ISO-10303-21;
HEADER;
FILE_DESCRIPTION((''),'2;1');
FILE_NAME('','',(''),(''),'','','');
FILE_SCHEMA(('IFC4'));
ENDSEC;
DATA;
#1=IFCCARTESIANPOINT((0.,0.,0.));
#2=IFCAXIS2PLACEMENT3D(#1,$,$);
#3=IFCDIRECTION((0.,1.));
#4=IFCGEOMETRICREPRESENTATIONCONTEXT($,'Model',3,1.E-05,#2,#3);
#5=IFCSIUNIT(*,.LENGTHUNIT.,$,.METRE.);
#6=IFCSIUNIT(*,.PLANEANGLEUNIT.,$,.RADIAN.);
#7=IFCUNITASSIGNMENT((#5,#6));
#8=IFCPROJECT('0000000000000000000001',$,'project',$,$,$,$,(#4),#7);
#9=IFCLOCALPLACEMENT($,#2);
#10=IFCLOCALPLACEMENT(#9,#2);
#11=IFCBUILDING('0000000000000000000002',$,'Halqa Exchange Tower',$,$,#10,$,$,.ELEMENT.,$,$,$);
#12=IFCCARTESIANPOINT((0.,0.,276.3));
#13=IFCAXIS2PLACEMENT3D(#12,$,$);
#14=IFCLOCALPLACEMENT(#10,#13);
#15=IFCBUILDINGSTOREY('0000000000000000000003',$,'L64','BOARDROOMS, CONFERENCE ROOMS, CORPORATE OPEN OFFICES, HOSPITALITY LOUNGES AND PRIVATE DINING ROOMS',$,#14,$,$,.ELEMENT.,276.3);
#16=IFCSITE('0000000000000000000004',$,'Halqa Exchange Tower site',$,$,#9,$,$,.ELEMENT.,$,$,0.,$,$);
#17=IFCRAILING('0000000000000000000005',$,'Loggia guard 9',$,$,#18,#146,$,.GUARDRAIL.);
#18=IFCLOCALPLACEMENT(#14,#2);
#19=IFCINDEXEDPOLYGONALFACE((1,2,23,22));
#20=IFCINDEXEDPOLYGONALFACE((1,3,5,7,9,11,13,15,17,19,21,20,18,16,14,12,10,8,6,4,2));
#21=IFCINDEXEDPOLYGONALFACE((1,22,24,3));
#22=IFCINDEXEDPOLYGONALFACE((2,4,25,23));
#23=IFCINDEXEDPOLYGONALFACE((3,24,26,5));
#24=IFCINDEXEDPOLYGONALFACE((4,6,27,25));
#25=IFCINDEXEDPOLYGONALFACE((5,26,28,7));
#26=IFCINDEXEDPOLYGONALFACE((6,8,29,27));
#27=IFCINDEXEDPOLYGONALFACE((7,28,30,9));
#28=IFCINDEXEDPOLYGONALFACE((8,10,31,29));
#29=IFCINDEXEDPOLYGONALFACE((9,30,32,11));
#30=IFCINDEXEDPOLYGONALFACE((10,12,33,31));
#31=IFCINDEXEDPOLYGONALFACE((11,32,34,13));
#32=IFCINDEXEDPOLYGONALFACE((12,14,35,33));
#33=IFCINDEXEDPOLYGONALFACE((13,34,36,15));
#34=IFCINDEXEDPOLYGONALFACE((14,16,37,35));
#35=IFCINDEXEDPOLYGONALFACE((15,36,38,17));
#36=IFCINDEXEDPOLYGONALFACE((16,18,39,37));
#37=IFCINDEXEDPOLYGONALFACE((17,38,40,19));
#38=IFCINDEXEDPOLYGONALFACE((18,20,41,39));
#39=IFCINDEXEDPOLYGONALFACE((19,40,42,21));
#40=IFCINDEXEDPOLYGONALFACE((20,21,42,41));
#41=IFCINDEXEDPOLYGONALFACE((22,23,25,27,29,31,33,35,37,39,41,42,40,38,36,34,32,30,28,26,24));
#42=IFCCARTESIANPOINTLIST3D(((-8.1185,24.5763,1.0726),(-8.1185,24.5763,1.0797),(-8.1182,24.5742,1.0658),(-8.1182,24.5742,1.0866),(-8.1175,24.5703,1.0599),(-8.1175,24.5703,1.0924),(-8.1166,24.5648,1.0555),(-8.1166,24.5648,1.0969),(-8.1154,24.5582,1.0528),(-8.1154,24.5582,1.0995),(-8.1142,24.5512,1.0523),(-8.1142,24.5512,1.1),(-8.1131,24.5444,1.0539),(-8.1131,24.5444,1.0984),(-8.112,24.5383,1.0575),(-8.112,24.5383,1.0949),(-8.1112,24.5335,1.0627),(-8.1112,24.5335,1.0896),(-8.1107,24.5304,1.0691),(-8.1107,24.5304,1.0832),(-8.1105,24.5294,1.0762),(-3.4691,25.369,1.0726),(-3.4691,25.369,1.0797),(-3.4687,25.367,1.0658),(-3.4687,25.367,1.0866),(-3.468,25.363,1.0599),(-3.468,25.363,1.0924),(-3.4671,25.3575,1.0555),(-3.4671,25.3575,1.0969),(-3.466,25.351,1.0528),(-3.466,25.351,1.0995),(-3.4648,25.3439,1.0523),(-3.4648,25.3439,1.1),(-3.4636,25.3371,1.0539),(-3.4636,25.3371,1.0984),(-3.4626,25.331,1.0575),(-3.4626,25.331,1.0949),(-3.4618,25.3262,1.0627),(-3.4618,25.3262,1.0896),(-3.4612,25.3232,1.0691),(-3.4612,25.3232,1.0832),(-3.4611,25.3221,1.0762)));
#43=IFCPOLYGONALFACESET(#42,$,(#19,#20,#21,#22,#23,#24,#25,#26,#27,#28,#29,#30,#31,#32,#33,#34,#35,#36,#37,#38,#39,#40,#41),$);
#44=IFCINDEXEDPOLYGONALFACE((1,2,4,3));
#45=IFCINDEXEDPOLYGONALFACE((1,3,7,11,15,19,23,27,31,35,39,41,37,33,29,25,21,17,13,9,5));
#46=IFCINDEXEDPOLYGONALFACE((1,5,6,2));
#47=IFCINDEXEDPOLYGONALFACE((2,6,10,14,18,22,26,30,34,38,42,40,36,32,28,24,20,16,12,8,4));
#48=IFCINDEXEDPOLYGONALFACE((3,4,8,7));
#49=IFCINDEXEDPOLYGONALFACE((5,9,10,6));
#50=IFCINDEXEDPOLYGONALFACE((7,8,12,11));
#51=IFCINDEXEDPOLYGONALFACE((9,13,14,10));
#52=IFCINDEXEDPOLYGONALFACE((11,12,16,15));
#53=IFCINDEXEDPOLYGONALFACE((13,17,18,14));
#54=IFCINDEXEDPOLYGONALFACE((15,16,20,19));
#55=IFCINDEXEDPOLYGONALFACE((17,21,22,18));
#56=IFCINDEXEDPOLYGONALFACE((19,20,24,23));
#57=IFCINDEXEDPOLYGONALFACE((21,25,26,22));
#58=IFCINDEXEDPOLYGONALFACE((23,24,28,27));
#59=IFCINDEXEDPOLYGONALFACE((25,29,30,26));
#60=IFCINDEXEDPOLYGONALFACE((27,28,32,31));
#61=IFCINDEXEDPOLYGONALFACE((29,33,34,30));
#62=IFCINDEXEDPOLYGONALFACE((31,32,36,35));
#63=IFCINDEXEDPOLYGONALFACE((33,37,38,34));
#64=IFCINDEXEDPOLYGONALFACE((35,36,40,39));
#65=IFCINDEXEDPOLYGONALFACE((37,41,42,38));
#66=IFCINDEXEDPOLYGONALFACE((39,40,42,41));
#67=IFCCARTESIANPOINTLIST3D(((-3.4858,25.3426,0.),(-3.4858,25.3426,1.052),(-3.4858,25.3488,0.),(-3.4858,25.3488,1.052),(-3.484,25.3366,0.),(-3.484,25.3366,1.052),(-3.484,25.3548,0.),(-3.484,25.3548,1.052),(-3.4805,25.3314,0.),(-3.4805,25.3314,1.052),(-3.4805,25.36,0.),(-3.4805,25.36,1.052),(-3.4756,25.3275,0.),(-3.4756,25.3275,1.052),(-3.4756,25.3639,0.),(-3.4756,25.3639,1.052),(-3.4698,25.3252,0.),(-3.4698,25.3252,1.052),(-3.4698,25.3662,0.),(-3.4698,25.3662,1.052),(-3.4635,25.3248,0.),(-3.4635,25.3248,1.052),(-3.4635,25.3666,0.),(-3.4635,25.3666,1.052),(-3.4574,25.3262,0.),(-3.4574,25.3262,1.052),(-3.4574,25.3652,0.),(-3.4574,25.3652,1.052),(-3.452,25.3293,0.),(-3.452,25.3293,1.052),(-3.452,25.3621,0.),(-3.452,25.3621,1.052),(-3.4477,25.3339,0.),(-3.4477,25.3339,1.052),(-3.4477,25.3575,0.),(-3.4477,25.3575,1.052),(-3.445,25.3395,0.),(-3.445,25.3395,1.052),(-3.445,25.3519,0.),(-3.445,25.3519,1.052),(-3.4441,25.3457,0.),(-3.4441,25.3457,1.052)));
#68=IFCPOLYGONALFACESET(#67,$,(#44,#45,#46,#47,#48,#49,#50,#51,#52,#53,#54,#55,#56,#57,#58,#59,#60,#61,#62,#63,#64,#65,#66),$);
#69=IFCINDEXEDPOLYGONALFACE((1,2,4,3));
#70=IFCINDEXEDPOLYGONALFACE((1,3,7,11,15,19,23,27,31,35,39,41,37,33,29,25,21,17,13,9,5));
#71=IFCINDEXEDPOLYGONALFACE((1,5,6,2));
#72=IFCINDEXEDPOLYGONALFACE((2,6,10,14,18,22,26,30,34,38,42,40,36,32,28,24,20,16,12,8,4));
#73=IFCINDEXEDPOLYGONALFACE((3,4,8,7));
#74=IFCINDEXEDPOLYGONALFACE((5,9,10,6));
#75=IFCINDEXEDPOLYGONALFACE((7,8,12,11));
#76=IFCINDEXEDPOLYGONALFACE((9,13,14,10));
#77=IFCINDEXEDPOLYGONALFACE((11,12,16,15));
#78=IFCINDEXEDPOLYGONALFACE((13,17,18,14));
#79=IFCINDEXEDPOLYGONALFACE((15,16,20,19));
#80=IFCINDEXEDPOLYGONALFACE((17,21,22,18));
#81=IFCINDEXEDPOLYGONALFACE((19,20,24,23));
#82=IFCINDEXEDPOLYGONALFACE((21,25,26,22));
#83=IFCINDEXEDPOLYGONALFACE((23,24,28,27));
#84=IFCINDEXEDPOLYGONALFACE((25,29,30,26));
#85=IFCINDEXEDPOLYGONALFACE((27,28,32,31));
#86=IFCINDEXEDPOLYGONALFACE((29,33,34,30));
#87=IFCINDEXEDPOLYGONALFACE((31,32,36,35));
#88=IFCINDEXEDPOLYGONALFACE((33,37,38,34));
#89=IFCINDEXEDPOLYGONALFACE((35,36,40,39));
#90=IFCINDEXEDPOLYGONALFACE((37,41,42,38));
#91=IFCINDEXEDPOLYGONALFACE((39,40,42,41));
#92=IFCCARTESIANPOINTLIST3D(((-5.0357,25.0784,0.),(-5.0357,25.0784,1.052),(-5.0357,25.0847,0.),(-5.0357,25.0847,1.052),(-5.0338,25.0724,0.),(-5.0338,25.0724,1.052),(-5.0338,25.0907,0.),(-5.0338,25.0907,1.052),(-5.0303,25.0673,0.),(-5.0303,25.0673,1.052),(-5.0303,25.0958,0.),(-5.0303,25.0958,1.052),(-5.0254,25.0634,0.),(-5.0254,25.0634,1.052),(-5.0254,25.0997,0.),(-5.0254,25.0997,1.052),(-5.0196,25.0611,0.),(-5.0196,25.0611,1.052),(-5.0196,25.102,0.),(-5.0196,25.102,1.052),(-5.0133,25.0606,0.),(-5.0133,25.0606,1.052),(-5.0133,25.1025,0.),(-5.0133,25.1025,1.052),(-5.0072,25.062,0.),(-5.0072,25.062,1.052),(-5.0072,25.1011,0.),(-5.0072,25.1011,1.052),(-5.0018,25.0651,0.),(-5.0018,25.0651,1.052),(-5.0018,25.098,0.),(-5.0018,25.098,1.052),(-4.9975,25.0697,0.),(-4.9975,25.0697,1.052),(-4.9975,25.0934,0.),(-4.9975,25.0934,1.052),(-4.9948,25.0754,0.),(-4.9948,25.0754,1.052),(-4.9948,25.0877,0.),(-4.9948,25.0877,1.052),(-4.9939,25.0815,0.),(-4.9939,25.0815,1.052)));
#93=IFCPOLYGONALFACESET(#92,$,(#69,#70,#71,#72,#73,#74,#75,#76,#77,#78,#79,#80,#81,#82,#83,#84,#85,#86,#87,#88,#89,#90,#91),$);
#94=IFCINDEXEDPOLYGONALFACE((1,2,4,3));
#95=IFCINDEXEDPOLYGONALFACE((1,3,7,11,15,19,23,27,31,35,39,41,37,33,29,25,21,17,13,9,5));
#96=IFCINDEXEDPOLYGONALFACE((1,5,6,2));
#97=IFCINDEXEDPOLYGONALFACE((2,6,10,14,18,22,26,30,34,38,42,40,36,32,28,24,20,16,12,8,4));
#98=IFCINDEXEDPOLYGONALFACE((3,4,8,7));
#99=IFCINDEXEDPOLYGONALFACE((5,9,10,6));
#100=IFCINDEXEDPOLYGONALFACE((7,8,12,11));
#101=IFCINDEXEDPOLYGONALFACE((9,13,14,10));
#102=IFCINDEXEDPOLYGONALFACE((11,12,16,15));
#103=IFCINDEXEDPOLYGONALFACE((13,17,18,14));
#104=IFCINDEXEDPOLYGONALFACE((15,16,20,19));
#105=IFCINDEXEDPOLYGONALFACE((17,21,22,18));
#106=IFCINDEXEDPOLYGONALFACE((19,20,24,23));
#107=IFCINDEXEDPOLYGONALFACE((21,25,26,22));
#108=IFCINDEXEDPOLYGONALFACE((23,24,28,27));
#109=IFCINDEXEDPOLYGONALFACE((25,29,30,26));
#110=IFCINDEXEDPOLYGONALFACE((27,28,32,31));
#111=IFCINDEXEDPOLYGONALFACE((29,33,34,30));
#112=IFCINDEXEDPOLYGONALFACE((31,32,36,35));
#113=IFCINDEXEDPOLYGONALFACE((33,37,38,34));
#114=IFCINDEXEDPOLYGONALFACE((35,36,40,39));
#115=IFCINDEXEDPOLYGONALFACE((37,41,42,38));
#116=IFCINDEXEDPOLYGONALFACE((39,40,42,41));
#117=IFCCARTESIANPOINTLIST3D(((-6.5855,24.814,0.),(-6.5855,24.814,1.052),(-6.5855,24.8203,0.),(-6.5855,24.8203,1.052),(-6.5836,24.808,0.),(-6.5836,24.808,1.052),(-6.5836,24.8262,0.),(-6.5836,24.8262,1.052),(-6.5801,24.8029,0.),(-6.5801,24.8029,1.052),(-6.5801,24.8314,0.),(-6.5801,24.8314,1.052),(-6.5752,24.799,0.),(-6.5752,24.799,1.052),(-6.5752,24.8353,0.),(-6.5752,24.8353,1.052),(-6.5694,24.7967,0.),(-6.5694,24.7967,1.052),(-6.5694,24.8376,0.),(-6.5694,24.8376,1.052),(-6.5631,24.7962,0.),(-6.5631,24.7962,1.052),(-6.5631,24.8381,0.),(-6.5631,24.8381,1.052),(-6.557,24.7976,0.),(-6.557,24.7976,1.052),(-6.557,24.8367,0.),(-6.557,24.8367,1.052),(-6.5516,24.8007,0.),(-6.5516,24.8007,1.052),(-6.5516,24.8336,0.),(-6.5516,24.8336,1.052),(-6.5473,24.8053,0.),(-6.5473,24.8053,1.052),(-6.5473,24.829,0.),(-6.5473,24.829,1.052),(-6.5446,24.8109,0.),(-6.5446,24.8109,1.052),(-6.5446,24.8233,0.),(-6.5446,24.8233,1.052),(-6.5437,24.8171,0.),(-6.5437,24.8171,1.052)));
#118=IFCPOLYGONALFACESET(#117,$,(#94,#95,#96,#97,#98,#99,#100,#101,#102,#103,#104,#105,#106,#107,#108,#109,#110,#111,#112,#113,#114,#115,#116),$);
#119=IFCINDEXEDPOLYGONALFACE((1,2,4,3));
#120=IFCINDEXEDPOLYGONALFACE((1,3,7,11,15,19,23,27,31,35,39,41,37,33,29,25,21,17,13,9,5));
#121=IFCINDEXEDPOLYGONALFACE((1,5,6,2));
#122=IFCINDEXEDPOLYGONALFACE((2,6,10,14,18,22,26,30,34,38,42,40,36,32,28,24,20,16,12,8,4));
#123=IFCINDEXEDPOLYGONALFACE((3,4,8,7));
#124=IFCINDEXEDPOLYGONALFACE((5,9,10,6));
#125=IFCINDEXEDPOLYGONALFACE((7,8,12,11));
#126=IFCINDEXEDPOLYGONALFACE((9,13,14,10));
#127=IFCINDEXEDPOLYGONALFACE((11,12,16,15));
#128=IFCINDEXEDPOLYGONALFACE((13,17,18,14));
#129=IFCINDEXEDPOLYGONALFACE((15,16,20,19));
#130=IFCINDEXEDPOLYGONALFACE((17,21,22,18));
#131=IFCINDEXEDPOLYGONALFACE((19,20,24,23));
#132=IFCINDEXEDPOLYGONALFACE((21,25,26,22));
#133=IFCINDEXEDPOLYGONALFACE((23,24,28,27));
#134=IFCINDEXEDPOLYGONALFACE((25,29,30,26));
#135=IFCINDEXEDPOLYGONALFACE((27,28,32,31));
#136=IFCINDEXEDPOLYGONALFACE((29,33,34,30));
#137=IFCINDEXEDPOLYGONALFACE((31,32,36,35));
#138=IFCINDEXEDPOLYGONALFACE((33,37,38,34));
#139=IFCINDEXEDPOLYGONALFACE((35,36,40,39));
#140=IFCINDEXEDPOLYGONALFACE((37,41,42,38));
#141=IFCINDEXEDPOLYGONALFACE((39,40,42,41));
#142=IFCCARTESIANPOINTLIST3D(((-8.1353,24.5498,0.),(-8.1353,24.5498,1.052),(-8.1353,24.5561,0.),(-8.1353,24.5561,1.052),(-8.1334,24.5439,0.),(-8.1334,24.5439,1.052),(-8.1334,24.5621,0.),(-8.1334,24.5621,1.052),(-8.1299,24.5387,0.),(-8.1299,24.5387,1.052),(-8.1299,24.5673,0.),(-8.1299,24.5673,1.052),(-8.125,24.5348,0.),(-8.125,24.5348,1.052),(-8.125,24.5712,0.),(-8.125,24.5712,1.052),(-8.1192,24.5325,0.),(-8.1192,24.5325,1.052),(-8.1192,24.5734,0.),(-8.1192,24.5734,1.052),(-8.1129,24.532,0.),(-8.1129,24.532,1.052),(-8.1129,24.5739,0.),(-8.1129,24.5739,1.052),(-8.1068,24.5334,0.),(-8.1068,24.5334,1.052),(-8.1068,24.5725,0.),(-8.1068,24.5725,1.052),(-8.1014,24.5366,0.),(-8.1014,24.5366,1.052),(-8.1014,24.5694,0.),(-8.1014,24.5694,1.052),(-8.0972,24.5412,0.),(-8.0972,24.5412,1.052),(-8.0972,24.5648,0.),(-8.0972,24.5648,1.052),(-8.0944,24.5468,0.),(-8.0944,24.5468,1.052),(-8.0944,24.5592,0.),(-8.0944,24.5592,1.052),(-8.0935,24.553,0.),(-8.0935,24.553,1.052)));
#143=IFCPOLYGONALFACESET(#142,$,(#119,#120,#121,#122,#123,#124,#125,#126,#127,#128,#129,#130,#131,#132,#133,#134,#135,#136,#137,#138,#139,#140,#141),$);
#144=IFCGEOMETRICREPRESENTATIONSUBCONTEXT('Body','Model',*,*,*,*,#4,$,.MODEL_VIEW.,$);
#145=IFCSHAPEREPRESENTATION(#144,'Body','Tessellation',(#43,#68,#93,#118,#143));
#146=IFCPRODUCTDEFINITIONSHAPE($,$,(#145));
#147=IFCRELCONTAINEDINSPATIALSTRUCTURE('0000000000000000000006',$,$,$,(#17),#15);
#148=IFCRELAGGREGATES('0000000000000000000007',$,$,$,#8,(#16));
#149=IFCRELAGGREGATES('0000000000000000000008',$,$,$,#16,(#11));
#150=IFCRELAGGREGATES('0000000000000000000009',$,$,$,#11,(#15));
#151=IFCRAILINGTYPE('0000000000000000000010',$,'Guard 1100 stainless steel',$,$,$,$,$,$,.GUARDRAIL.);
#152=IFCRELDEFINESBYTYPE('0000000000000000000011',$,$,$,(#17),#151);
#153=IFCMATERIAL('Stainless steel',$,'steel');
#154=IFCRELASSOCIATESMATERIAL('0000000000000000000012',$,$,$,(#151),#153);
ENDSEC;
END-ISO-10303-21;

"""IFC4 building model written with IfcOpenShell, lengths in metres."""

from ifc_helpers import new_model, si_unit, direction, frame, origin, origin_2d, place, context, subcontext, project, spatial, circle, extrude, material, type_object, element, save


model = new_model("IFC4")

# Units and contexts
model_context = context("Model", 3, precision=1e-05, world=origin(), true_north=direction((0.0, 1.0)))
body_context = subcontext(model_context, "Body", "Model", "MODEL_VIEW")
ifc_project = project(units=[si_unit("LENGTHUNIT", "METRE"), si_unit("PLANEANGLEUNIT", "RADIAN")], contexts=[model_context])

# Site, building, storey
site_placement = place(None, origin())
site = spatial("IfcSite", under=ifc_project, at=site_placement, Name="Halqa Exchange Tower site", CompositionType="ELEMENT", RefElevation=0.0)
building_placement = place(site_placement, origin())
building = spatial("IfcBuilding", under=site, at=building_placement, Name="Halqa Exchange Tower", CompositionType="ELEMENT")
storey_placement = place(building_placement, frame((0.0, 0.0, 276.3)))
storey = spatial("IfcBuildingStorey", under=building, at=storey_placement, Name="L64", Description="BOARDROOMS, CONFERENCE ROOMS, CORPORATE OPEN OFFICES, HOSPITALITY LOUNGES AND PRIVATE DINING ROOMS", CompositionType="ELEMENT", Elevation=276.3)

# Railing
ifc_material_1 = material(Name="Stainless steel", Category="steel")
railing_type_1 = type_object("IfcRailingType", Name="Guard 1100 stainless steel", PredefinedType="GUARDRAIL", material=ifc_material_1)
railing_1_placement = place(storey_placement, frame((-3.4651, 25.3457, 0.0)))
element("IfcRailing", 1, at=railing_1_placement, inside=storey, type_object=railing_type_1, Name="Loggia guard 9", PredefinedType="GUARDRAIL", context=body_context, shape_type="SweptSolid", body=[
    extrude(circle(Radius=0.0239, at=origin_2d()), frame((0.0, 0.0, 1.0762), z_axis=(-0.985774, -0.168074, 0.0), x_axis=(0.168074, -0.985774, 0.0)), (0.0, 0.0, 1.0), 4.7166),
    extrude(circle(Radius=0.021, at=origin_2d()), origin(), (0.0, 0.0, 1.0), 1.052),
    extrude(circle(Radius=0.021, at=origin_2d()), frame((-1.5498, -0.2642, 0.0)), (0.0, 0.0, 1.0), 1.052),
    extrude(circle(Radius=0.021, at=origin_2d()), frame((-3.0996, -0.5286, 0.0)), (0.0, 0.0, 1.0), 1.052),
    extrude(circle(Radius=0.021, at=origin_2d()), frame((-4.6494, -0.7927, 0.0)), (0.0, 0.0, 1.0), 1.052),
])

save(model, "model.ifc")
